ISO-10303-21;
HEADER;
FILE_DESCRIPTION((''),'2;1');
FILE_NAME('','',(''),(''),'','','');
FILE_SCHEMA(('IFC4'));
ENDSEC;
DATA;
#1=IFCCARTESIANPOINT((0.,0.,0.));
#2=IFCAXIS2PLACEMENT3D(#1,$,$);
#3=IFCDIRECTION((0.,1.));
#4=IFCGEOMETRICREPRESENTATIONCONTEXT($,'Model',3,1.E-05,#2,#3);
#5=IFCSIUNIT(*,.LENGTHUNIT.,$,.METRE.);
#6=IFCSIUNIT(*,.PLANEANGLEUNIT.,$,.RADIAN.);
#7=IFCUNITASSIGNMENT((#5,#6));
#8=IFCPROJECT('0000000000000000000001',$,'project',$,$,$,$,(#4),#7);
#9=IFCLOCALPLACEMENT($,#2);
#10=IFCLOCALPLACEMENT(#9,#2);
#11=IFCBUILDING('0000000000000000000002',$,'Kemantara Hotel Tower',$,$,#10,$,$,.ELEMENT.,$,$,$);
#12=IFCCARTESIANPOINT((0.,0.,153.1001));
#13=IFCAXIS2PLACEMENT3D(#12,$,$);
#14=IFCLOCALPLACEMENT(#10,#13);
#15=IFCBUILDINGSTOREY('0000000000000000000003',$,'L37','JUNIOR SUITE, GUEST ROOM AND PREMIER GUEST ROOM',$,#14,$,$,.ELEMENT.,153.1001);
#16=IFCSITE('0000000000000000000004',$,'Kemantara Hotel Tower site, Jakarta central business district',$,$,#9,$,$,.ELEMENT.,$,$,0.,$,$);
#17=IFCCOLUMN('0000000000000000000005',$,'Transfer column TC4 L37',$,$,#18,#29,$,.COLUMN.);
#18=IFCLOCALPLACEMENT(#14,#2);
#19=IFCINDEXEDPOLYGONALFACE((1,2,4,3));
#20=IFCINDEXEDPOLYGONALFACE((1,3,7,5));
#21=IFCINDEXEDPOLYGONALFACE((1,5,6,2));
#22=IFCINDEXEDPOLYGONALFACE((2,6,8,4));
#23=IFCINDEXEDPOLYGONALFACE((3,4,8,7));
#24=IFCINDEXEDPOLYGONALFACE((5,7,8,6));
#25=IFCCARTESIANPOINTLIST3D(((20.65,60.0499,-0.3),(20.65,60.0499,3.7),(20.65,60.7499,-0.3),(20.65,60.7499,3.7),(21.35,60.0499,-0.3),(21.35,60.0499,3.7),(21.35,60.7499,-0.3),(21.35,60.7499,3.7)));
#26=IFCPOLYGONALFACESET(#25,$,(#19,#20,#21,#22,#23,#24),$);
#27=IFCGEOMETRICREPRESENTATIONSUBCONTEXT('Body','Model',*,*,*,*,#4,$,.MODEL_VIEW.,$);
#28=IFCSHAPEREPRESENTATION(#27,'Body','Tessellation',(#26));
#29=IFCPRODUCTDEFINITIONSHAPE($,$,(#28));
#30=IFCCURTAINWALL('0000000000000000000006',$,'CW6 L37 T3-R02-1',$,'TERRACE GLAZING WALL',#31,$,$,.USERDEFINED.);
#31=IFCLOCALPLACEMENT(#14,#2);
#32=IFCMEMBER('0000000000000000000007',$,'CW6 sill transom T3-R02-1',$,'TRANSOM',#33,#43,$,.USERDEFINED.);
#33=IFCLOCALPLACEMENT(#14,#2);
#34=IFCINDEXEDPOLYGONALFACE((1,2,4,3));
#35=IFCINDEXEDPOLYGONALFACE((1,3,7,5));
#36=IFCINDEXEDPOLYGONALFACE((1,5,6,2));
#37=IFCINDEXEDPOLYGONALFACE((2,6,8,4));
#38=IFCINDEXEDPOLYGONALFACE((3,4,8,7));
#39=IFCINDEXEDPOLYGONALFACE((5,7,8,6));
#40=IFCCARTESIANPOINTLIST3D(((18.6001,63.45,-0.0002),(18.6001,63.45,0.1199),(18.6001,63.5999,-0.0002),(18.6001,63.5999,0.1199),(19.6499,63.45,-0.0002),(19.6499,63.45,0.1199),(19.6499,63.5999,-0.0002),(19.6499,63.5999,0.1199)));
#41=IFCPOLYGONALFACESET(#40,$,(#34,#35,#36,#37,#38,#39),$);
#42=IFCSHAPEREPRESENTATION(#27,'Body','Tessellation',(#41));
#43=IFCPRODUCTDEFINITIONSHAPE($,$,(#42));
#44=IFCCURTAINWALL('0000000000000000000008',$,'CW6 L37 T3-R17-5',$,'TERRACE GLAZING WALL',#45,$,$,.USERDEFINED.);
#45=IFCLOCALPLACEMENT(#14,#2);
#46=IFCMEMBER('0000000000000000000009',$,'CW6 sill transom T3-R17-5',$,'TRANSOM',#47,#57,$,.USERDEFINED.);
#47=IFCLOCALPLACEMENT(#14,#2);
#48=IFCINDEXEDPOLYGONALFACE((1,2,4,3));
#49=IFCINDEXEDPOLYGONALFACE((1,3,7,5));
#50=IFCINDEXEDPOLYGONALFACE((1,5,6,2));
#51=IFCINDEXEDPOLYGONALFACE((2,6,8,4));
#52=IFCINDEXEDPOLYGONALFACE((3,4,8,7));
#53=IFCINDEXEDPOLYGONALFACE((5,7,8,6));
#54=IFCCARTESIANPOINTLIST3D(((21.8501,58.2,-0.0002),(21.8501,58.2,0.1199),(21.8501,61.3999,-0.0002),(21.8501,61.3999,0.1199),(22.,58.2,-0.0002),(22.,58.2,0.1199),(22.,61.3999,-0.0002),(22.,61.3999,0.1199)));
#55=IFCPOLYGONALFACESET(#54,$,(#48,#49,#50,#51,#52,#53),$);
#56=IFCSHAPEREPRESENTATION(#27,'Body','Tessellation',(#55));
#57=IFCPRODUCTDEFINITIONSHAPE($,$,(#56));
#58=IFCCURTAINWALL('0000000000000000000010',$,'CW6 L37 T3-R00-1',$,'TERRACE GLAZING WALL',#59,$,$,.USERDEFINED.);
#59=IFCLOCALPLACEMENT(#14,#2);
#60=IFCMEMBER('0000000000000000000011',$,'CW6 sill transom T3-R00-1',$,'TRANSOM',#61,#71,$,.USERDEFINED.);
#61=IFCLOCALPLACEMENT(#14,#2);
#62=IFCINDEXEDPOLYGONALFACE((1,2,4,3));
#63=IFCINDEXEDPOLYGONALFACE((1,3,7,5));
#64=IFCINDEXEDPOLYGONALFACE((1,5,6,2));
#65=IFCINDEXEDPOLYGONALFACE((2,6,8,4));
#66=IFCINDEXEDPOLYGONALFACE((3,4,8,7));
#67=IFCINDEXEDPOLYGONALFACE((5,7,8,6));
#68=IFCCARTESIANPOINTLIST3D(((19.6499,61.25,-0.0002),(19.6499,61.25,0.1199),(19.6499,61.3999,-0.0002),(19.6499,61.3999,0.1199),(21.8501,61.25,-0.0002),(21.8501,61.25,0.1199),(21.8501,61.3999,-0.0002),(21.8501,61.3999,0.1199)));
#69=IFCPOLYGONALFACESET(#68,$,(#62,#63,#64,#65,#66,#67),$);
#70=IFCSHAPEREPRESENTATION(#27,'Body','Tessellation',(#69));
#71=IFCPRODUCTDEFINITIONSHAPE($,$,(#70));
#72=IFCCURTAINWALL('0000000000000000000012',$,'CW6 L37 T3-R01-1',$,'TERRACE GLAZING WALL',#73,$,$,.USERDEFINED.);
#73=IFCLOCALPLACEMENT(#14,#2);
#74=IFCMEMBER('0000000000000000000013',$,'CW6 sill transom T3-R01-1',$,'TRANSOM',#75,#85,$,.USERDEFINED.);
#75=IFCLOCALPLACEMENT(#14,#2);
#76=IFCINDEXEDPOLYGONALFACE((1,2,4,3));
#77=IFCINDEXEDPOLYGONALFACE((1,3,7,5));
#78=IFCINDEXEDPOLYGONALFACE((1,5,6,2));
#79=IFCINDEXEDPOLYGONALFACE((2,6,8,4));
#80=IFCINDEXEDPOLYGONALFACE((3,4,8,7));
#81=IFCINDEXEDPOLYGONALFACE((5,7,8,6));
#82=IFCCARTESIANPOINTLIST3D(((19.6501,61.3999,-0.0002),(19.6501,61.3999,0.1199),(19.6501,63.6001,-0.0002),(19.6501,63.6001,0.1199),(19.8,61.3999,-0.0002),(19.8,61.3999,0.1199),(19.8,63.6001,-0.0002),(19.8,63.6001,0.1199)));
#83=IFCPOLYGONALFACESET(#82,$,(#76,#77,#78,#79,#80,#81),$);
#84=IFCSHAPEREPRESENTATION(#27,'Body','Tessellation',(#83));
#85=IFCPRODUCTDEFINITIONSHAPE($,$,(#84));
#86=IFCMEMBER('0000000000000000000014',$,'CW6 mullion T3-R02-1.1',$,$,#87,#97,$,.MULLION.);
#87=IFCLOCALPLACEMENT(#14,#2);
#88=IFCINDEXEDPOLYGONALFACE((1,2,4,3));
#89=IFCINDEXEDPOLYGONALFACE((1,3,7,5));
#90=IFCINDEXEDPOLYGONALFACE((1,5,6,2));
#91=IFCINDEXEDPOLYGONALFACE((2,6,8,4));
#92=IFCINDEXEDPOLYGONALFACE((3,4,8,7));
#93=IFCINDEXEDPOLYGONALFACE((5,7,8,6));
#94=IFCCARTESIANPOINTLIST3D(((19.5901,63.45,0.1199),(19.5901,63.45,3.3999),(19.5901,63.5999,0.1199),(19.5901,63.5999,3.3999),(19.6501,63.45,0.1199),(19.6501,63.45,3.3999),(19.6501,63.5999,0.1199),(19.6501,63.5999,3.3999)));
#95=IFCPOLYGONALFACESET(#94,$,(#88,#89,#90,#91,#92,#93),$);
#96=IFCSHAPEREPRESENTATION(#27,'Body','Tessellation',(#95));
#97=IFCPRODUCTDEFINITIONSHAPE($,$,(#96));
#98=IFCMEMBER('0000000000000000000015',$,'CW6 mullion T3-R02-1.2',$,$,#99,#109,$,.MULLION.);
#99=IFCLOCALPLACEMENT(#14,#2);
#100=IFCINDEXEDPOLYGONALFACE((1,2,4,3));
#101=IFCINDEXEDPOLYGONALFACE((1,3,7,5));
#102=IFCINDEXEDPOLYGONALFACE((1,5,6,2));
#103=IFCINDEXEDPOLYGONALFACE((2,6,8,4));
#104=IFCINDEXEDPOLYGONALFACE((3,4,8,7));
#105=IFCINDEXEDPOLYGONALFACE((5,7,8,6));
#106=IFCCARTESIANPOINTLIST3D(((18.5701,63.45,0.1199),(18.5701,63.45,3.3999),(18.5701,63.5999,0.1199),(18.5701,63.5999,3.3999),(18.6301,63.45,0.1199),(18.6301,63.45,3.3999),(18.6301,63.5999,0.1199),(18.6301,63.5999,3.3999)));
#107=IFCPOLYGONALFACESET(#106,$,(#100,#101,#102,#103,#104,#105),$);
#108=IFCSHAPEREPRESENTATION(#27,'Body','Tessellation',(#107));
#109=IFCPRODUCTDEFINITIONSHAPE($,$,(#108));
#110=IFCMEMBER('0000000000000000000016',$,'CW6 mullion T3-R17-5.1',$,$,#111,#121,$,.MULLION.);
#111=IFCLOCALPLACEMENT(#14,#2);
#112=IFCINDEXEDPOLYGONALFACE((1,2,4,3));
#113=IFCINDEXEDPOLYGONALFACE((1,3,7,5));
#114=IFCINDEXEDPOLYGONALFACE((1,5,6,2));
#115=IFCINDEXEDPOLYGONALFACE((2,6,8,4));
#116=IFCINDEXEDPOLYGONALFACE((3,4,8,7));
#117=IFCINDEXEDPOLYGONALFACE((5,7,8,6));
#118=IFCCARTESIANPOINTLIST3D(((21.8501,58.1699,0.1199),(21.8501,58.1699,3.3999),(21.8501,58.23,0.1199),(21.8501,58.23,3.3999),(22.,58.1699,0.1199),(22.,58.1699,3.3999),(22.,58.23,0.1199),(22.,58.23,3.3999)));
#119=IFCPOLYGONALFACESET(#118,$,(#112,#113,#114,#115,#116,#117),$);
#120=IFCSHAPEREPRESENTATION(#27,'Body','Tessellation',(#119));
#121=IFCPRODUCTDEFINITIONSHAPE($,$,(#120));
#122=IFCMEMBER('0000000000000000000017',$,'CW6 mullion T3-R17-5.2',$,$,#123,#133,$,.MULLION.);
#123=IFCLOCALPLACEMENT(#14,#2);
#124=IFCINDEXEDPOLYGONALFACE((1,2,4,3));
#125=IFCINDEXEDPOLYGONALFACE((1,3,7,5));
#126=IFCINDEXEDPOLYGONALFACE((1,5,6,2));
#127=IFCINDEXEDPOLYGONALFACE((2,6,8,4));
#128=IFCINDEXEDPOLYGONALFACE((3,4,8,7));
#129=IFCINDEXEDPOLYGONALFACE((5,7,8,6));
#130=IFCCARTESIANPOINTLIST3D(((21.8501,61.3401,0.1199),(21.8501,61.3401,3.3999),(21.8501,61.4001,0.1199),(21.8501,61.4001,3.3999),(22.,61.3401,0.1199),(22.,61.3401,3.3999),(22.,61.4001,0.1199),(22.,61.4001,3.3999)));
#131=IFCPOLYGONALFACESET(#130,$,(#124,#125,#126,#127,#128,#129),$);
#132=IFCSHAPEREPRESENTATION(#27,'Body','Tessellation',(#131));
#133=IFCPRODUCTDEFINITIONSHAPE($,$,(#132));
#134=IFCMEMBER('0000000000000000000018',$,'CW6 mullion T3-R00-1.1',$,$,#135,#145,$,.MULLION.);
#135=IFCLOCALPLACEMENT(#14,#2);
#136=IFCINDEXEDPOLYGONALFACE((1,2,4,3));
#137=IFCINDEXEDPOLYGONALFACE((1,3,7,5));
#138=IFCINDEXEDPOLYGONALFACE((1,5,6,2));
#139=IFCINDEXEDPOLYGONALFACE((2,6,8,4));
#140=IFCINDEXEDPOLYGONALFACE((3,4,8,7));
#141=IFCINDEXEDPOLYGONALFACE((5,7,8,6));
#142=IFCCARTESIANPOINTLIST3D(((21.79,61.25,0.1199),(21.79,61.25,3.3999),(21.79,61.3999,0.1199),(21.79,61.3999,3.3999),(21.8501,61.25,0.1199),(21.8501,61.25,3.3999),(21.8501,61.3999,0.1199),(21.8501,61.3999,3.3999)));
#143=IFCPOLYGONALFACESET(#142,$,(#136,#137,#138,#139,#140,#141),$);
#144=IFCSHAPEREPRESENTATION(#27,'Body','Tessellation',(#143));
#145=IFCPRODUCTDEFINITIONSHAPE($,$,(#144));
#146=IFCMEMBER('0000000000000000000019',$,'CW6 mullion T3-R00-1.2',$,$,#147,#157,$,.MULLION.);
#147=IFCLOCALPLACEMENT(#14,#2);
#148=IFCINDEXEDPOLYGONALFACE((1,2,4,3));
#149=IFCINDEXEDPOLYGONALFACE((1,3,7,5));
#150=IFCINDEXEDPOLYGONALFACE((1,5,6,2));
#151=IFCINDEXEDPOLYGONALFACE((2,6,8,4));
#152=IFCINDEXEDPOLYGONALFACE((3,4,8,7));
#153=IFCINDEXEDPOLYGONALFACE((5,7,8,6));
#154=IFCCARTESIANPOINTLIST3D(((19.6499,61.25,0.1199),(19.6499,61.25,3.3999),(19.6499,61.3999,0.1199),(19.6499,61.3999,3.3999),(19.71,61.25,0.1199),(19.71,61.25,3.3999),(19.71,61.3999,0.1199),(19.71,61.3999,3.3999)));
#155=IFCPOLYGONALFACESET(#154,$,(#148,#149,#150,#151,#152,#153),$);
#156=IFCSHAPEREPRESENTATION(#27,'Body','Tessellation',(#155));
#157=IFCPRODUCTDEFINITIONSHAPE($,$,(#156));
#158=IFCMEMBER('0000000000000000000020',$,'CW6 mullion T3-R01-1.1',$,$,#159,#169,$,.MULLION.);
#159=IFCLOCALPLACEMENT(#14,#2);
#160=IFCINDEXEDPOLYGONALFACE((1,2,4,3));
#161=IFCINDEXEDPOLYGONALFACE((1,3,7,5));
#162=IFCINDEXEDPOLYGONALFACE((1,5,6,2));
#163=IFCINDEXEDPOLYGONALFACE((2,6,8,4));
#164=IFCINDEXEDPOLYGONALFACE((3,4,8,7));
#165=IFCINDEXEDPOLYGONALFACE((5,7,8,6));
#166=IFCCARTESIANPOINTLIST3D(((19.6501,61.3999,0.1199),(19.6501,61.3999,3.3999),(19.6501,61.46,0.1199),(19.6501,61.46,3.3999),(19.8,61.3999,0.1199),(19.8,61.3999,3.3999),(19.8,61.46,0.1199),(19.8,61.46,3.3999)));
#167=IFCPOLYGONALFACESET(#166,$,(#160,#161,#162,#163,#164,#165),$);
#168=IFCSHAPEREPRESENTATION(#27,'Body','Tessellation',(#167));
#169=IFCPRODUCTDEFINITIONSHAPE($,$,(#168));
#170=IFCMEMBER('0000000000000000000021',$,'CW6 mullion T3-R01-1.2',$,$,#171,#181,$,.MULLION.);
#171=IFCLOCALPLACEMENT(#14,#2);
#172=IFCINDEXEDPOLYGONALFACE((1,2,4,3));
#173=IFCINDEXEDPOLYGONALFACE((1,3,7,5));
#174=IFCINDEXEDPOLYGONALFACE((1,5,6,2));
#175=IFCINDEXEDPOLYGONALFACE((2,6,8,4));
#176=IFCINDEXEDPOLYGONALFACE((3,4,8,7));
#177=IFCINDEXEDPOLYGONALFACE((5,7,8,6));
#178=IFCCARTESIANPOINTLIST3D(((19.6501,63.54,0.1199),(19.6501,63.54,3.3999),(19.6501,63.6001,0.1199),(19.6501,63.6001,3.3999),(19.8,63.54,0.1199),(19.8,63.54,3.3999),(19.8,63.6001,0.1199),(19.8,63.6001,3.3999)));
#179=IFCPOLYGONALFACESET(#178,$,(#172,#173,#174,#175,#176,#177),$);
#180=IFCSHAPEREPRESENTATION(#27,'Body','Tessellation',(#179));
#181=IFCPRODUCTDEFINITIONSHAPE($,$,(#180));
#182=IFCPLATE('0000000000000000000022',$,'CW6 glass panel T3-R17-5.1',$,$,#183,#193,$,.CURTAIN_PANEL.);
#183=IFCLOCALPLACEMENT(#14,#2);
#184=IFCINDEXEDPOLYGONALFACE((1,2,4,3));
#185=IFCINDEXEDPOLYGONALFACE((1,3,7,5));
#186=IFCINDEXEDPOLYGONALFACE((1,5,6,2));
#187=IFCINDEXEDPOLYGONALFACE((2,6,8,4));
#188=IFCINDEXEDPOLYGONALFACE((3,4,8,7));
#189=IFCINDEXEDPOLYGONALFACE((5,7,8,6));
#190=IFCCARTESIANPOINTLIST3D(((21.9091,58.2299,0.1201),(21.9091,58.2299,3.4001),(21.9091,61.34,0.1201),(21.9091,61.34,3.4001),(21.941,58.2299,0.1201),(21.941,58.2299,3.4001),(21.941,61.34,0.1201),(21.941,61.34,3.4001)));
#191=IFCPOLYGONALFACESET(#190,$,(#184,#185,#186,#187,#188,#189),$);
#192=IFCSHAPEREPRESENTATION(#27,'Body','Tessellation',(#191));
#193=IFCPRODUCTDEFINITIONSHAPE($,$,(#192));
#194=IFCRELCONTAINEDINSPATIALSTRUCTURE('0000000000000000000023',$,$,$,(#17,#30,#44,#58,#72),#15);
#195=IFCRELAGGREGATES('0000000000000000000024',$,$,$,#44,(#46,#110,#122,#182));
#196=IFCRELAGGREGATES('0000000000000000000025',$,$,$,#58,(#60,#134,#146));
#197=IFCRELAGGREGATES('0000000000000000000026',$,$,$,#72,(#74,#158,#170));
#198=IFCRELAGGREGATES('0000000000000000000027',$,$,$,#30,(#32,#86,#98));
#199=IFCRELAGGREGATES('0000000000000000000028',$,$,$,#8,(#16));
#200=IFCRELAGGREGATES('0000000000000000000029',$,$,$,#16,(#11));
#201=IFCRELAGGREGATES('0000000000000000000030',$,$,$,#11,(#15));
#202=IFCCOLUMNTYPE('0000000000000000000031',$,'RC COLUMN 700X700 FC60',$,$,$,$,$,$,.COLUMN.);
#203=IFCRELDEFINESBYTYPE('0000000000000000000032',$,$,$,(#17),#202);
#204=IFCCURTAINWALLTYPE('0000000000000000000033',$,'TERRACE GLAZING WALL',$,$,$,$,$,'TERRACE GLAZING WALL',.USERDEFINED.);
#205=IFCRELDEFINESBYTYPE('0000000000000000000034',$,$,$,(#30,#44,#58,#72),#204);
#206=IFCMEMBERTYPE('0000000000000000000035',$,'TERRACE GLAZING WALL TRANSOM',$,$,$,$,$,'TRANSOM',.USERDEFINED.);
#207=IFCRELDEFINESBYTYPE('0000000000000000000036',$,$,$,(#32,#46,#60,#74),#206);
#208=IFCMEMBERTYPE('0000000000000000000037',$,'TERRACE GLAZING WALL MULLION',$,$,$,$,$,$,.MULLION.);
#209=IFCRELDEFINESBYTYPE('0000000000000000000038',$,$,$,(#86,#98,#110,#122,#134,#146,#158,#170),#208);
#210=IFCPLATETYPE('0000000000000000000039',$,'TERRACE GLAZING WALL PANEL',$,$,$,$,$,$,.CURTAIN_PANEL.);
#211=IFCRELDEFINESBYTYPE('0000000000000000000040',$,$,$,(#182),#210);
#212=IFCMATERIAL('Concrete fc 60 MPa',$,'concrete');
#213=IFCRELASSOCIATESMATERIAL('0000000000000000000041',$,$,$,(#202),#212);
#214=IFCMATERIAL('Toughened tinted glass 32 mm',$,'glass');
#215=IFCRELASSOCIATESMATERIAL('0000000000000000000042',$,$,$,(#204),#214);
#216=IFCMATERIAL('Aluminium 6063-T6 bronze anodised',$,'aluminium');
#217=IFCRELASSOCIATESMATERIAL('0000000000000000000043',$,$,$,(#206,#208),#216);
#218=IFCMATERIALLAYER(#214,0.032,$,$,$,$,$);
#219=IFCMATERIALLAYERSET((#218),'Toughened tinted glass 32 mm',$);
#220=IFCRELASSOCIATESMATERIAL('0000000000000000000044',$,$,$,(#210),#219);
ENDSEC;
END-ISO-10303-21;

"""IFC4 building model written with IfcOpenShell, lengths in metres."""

from ifc_helpers import new_model, si_unit, direction, frame, origin, origin_2d, place, context, subcontext, project, spatial, rectangle, extrude, source, transform, mapped, material, layer, layer_set, material_profile, profile_set, type_object, element, aggregate, save


model = new_model("IFC4")

# Units and contexts
model_context = context("Model", 3, precision=1e-05, world=origin(), true_north=direction((0.0, 1.0)))
body_context = subcontext(model_context, "Body", "Model", "MODEL_VIEW")
ifc_project = project(units=[si_unit("LENGTHUNIT", "METRE"), si_unit("PLANEANGLEUNIT", "RADIAN")], contexts=[model_context])

# Site, building, storey
site_placement = place(None, origin())
site = spatial("IfcSite", under=ifc_project, at=site_placement, Name="Kemantara Hotel Tower site, Jakarta central business district", CompositionType="ELEMENT", RefElevation=0.0)
building_placement = place(site_placement, origin())
building = spatial("IfcBuilding", under=site, at=building_placement, Name="Kemantara Hotel Tower", CompositionType="ELEMENT")
storey_placement = place(building_placement, frame((0.0, 0.0, 153.1001)))
storey = spatial("IfcBuildingStorey", under=building, at=storey_placement, Name="L37", Description="JUNIOR SUITE, GUEST ROOM AND PREMIER GUEST ROOM", CompositionType="ELEMENT", Elevation=153.1001)

# Column
ifc_material_1 = material(Name="Concrete fc 60 MPa", Category="concrete")
ifc_material_profile_1 = material_profile(ifc_material_1, rectangle(XDim=0.7, YDim=0.7, at=origin_2d()), Name="RC 700X700")
ifc_profile_set_1 = profile_set([ifc_material_profile_1], Name="Concrete fc 60 MPa")
column_type = type_object("IfcColumnType", Name="RC COLUMN 700X700 FC60", PredefinedType="COLUMN", material=ifc_profile_set_1)
column_placement = place(storey_placement, frame((21.0, 60.3999, -0.3), z_axis=(0.0, 0.0, 1.0), x_axis=(1.0, 0.0, 0.0)))
element("IfcColumn", 1, at=column_placement, inside=storey, type_object=column_type, Name="Transfer column TC4 L37", PredefinedType="COLUMN", context=body_context, shape_type="SweptSolid", body=[
    extrude(rectangle(XDim=0.7, YDim=0.7, at=origin_2d()), origin(), (0.0, 0.0, 1.0), 4.0),
])

# Curtain walls, members
ifc_material_2 = material(Name="Toughened tinted glass 32 mm", Category="glass")
curtain_wall_type = type_object("IfcCurtainWallType", Name="TERRACE GLAZING WALL", ElementType="TERRACE GLAZING WALL", PredefinedType="USERDEFINED", material=ifc_material_2)
curtain_wall_1_placement = place(storey_placement, origin())
curtain_wall_1 = element("IfcCurtainWall", 2, at=curtain_wall_1_placement, inside=storey, type_object=curtain_wall_type, Name="CW6 L37 T3-R02-1", ObjectType="TERRACE GLAZING WALL", PredefinedType="USERDEFINED")
ifc_material_3 = material(Name="Aluminium 6063-T6 bronze anodised", Category="aluminium")
ifc_material_profile_2 = material_profile(ifc_material_3, rectangle(XDim=0.1499, YDim=0.1201, at=origin_2d()), Name="TERRACE GLAZING WALL TRANSOM")
ifc_profile_set_2 = profile_set([ifc_material_profile_2], Name="Aluminium 6063-T6 bronze anodised")
member_type_1 = type_object("IfcMemberType", Name="TERRACE GLAZING WALL TRANSOM", ElementType="TRANSOM", PredefinedType="USERDEFINED", material=ifc_profile_set_2)
member_1_placement = place(storey_placement, frame((19.6499, 63.5249, 0.0598), z_axis=(-1.0, 0.0, 0.0), x_axis=(0.0, -1.0, 0.0)))
member_1 = element("IfcMember", 3, at=member_1_placement, type_object=member_type_1, Name="CW6 sill transom T3-R02-1", ObjectType="TRANSOM", PredefinedType="USERDEFINED", context=body_context, shape_type="SweptSolid", body=[
    extrude(rectangle(XDim=0.1499, YDim=0.1201, at=origin_2d()), origin(), (0.0, 0.0, 1.0), 1.0498),
])
curtain_wall_2_placement = place(storey_placement, origin())
curtain_wall_2 = element("IfcCurtainWall", 4, at=curtain_wall_2_placement, inside=storey, type_object=curtain_wall_type, Name="CW6 L37 T3-R17-5", ObjectType="TERRACE GLAZING WALL", PredefinedType="USERDEFINED")
member_2_placement = place(storey_placement, frame((21.925, 58.2, 0.0598), z_axis=(0.0, 1.0, 0.0), x_axis=(-1.0, 0.0, 0.0)))
member_2 = element("IfcMember", 5, at=member_2_placement, type_object=member_type_1, Name="CW6 sill transom T3-R17-5", ObjectType="TRANSOM", PredefinedType="USERDEFINED", context=body_context, shape_type="SweptSolid", body=[
    extrude(rectangle(XDim=0.1499, YDim=0.1201, at=origin_2d()), origin(), (0.0, 0.0, 1.0), 3.2),
])
curtain_wall_3_placement = place(storey_placement, origin())
curtain_wall_3 = element("IfcCurtainWall", 6, at=curtain_wall_3_placement, inside=storey, type_object=curtain_wall_type, Name="CW6 L37 T3-R00-1", ObjectType="TERRACE GLAZING WALL", PredefinedType="USERDEFINED")
member_3_placement = place(storey_placement, frame((21.8501, 61.325, 0.0598), z_axis=(-1.0, 0.0, 0.0), x_axis=(0.0, -1.0, 0.0)))
member_3 = element("IfcMember", 7, at=member_3_placement, type_object=member_type_1, Name="CW6 sill transom T3-R00-1", ObjectType="TRANSOM", PredefinedType="USERDEFINED", context=body_context, shape_type="SweptSolid", body=[
    extrude(rectangle(XDim=0.1499, YDim=0.1201, at=origin_2d()), origin(), (0.0, 0.0, 1.0), 2.2002),
])
curtain_wall_4_placement = place(storey_placement, origin())
curtain_wall_4 = element("IfcCurtainWall", 8, at=curtain_wall_4_placement, inside=storey, type_object=curtain_wall_type, Name="CW6 L37 T3-R01-1", ObjectType="TERRACE GLAZING WALL", PredefinedType="USERDEFINED")
member_4_placement = place(storey_placement, frame((19.7251, 61.3999, 0.0598), z_axis=(0.0, 1.0, 0.0), x_axis=(-1.0, 0.0, 0.0)))
member_4 = element("IfcMember", 9, at=member_4_placement, type_object=member_type_1, Name="CW6 sill transom T3-R01-1", ObjectType="TRANSOM", PredefinedType="USERDEFINED", context=body_context, shape_type="SweptSolid", body=[
    extrude(rectangle(XDim=0.1499, YDim=0.1201, at=origin_2d()), origin(), (0.0, 0.0, 1.0), 2.2002),
])

# Members
ifc_material_profile_3 = material_profile(ifc_material_3, rectangle(XDim=0.1499, YDim=0.0601, at=origin_2d()), Name="TERRACE GLAZING WALL MULLION")
ifc_profile_set_3 = profile_set([ifc_material_profile_3], Name="Aluminium 6063-T6 bronze anodised")
member_type_2 = type_object("IfcMemberType", Name="TERRACE GLAZING WALL MULLION", PredefinedType="MULLION", material=ifc_profile_set_3)
shared_shape_1 = source(origin(), body_context, "Body", "SweptSolid", [
    extrude(rectangle(XDim=0.1499, YDim=0.0601, at=origin_2d()), origin(), (0.0, 0.0, 1.0), 3.28),
])
member_5_placement = place(storey_placement, frame((19.6201, 63.5249, 0.1199), z_axis=(0.0, 0.0, 1.0), x_axis=(0.0, -1.0, 0.0)))
member_5 = element("IfcMember", 10, at=member_5_placement, type_object=member_type_2, Name="CW6 mullion T3-R02-1.1", PredefinedType="MULLION", context=body_context, shape_type="MappedRepresentation", body=[
    mapped(shared_shape_1, transform((0.0, 0.0, 0.0))),
])
member_6_placement = place(storey_placement, frame((18.6001, 63.5249, 0.1199), z_axis=(0.0, 0.0, 1.0), x_axis=(0.0, -1.0, 0.0)))
member_6 = element("IfcMember", 11, at=member_6_placement, type_object=member_type_2, Name="CW6 mullion T3-R02-1.2", PredefinedType="MULLION", context=body_context, shape_type="MappedRepresentation", body=[
    mapped(shared_shape_1, transform((0.0, 0.0, 0.0))),
])
member_7_placement = place(storey_placement, frame((21.925, 58.2, 0.1199), z_axis=(0.0, 0.0, 1.0), x_axis=(-1.0, 0.0, 0.0)))
member_7 = element("IfcMember", 12, at=member_7_placement, type_object=member_type_2, Name="CW6 mullion T3-R17-5.1", PredefinedType="MULLION", context=body_context, shape_type="MappedRepresentation", body=[
    mapped(shared_shape_1, transform((0.0, 0.0, 0.0))),
])
member_8_placement = place(storey_placement, frame((21.925, 61.3701, 0.1199), z_axis=(0.0, 0.0, 1.0), x_axis=(-1.0, 0.0, 0.0)))
member_8 = element("IfcMember", 13, at=member_8_placement, type_object=member_type_2, Name="CW6 mullion T3-R17-5.2", PredefinedType="MULLION", context=body_context, shape_type="MappedRepresentation", body=[
    mapped(shared_shape_1, transform((0.0, 0.0, 0.0))),
])
member_9_placement = place(storey_placement, frame((21.8201, 61.325, 0.1199), z_axis=(0.0, 0.0, 1.0), x_axis=(0.0, -1.0, 0.0)))
member_9 = element("IfcMember", 14, at=member_9_placement, type_object=member_type_2, Name="CW6 mullion T3-R00-1.1", PredefinedType="MULLION", context=body_context, shape_type="MappedRepresentation", body=[
    mapped(shared_shape_1, transform((0.0, 0.0, 0.0))),
])
member_10_placement = place(storey_placement, frame((19.6799, 61.325, 0.1199), z_axis=(0.0, 0.0, 1.0), x_axis=(0.0, -1.0, 0.0)))
member_10 = element("IfcMember", 15, at=member_10_placement, type_object=member_type_2, Name="CW6 mullion T3-R00-1.2", PredefinedType="MULLION", context=body_context, shape_type="MappedRepresentation", body=[
    mapped(shared_shape_1, transform((0.0, 0.0, 0.0))),
])
member_11_placement = place(storey_placement, frame((19.7251, 61.4299, 0.1199), z_axis=(0.0, 0.0, 1.0), x_axis=(-1.0, 0.0, 0.0)))
member_11 = element("IfcMember", 16, at=member_11_placement, type_object=member_type_2, Name="CW6 mullion T3-R01-1.1", PredefinedType="MULLION", context=body_context, shape_type="MappedRepresentation", body=[
    mapped(shared_shape_1, transform((0.0, 0.0, 0.0))),
])
member_12_placement = place(storey_placement, frame((19.7251, 63.5701, 0.1199), z_axis=(0.0, 0.0, 1.0), x_axis=(-1.0, 0.0, 0.0)))
member_12 = element("IfcMember", 17, at=member_12_placement, type_object=member_type_2, Name="CW6 mullion T3-R01-1.2", PredefinedType="MULLION", context=body_context, shape_type="MappedRepresentation", body=[
    mapped(shared_shape_1, transform((0.0, 0.0, 0.0))),
])

# Plate
ifc_layer_1 = layer(ifc_material_2, 0.032)
ifc_layer_set_1 = layer_set([ifc_layer_1], Name="Toughened tinted glass 32 mm")
plate_type = type_object("IfcPlateType", Name="TERRACE GLAZING WALL PANEL", PredefinedType="CURTAIN_PANEL", material=ifc_layer_set_1)
shared_shape_2 = source(origin(), body_context, "Body", "SweptSolid", [
    extrude(rectangle(XDim=3.1101, YDim=0.032, at=origin_2d()), origin(), (0.0, 0.0, 1.0), 3.28),
])
plate_1_placement = place(storey_placement, frame((21.925, 59.7849, 0.1201), z_axis=(0.0, 0.0, 1.0), x_axis=(0.0, 1.0, 0.0)))
plate_1 = element("IfcPlate", 18, at=plate_1_placement, type_object=plate_type, Name="CW6 glass panel T3-R17-5.1", PredefinedType="CURTAIN_PANEL", context=body_context, shape_type="MappedRepresentation", body=[
    mapped(shared_shape_2, transform((0.0, 0.0, 0.0))),
])
aggregate(curtain_wall_2, [member_2, member_7, member_8, plate_1])
aggregate(curtain_wall_3, [member_3, member_9, member_10])
aggregate(curtain_wall_4, [member_4, member_11, member_12])
aggregate(curtain_wall_1, [member_1, member_5, member_6])

save(model, "model.ifc")
